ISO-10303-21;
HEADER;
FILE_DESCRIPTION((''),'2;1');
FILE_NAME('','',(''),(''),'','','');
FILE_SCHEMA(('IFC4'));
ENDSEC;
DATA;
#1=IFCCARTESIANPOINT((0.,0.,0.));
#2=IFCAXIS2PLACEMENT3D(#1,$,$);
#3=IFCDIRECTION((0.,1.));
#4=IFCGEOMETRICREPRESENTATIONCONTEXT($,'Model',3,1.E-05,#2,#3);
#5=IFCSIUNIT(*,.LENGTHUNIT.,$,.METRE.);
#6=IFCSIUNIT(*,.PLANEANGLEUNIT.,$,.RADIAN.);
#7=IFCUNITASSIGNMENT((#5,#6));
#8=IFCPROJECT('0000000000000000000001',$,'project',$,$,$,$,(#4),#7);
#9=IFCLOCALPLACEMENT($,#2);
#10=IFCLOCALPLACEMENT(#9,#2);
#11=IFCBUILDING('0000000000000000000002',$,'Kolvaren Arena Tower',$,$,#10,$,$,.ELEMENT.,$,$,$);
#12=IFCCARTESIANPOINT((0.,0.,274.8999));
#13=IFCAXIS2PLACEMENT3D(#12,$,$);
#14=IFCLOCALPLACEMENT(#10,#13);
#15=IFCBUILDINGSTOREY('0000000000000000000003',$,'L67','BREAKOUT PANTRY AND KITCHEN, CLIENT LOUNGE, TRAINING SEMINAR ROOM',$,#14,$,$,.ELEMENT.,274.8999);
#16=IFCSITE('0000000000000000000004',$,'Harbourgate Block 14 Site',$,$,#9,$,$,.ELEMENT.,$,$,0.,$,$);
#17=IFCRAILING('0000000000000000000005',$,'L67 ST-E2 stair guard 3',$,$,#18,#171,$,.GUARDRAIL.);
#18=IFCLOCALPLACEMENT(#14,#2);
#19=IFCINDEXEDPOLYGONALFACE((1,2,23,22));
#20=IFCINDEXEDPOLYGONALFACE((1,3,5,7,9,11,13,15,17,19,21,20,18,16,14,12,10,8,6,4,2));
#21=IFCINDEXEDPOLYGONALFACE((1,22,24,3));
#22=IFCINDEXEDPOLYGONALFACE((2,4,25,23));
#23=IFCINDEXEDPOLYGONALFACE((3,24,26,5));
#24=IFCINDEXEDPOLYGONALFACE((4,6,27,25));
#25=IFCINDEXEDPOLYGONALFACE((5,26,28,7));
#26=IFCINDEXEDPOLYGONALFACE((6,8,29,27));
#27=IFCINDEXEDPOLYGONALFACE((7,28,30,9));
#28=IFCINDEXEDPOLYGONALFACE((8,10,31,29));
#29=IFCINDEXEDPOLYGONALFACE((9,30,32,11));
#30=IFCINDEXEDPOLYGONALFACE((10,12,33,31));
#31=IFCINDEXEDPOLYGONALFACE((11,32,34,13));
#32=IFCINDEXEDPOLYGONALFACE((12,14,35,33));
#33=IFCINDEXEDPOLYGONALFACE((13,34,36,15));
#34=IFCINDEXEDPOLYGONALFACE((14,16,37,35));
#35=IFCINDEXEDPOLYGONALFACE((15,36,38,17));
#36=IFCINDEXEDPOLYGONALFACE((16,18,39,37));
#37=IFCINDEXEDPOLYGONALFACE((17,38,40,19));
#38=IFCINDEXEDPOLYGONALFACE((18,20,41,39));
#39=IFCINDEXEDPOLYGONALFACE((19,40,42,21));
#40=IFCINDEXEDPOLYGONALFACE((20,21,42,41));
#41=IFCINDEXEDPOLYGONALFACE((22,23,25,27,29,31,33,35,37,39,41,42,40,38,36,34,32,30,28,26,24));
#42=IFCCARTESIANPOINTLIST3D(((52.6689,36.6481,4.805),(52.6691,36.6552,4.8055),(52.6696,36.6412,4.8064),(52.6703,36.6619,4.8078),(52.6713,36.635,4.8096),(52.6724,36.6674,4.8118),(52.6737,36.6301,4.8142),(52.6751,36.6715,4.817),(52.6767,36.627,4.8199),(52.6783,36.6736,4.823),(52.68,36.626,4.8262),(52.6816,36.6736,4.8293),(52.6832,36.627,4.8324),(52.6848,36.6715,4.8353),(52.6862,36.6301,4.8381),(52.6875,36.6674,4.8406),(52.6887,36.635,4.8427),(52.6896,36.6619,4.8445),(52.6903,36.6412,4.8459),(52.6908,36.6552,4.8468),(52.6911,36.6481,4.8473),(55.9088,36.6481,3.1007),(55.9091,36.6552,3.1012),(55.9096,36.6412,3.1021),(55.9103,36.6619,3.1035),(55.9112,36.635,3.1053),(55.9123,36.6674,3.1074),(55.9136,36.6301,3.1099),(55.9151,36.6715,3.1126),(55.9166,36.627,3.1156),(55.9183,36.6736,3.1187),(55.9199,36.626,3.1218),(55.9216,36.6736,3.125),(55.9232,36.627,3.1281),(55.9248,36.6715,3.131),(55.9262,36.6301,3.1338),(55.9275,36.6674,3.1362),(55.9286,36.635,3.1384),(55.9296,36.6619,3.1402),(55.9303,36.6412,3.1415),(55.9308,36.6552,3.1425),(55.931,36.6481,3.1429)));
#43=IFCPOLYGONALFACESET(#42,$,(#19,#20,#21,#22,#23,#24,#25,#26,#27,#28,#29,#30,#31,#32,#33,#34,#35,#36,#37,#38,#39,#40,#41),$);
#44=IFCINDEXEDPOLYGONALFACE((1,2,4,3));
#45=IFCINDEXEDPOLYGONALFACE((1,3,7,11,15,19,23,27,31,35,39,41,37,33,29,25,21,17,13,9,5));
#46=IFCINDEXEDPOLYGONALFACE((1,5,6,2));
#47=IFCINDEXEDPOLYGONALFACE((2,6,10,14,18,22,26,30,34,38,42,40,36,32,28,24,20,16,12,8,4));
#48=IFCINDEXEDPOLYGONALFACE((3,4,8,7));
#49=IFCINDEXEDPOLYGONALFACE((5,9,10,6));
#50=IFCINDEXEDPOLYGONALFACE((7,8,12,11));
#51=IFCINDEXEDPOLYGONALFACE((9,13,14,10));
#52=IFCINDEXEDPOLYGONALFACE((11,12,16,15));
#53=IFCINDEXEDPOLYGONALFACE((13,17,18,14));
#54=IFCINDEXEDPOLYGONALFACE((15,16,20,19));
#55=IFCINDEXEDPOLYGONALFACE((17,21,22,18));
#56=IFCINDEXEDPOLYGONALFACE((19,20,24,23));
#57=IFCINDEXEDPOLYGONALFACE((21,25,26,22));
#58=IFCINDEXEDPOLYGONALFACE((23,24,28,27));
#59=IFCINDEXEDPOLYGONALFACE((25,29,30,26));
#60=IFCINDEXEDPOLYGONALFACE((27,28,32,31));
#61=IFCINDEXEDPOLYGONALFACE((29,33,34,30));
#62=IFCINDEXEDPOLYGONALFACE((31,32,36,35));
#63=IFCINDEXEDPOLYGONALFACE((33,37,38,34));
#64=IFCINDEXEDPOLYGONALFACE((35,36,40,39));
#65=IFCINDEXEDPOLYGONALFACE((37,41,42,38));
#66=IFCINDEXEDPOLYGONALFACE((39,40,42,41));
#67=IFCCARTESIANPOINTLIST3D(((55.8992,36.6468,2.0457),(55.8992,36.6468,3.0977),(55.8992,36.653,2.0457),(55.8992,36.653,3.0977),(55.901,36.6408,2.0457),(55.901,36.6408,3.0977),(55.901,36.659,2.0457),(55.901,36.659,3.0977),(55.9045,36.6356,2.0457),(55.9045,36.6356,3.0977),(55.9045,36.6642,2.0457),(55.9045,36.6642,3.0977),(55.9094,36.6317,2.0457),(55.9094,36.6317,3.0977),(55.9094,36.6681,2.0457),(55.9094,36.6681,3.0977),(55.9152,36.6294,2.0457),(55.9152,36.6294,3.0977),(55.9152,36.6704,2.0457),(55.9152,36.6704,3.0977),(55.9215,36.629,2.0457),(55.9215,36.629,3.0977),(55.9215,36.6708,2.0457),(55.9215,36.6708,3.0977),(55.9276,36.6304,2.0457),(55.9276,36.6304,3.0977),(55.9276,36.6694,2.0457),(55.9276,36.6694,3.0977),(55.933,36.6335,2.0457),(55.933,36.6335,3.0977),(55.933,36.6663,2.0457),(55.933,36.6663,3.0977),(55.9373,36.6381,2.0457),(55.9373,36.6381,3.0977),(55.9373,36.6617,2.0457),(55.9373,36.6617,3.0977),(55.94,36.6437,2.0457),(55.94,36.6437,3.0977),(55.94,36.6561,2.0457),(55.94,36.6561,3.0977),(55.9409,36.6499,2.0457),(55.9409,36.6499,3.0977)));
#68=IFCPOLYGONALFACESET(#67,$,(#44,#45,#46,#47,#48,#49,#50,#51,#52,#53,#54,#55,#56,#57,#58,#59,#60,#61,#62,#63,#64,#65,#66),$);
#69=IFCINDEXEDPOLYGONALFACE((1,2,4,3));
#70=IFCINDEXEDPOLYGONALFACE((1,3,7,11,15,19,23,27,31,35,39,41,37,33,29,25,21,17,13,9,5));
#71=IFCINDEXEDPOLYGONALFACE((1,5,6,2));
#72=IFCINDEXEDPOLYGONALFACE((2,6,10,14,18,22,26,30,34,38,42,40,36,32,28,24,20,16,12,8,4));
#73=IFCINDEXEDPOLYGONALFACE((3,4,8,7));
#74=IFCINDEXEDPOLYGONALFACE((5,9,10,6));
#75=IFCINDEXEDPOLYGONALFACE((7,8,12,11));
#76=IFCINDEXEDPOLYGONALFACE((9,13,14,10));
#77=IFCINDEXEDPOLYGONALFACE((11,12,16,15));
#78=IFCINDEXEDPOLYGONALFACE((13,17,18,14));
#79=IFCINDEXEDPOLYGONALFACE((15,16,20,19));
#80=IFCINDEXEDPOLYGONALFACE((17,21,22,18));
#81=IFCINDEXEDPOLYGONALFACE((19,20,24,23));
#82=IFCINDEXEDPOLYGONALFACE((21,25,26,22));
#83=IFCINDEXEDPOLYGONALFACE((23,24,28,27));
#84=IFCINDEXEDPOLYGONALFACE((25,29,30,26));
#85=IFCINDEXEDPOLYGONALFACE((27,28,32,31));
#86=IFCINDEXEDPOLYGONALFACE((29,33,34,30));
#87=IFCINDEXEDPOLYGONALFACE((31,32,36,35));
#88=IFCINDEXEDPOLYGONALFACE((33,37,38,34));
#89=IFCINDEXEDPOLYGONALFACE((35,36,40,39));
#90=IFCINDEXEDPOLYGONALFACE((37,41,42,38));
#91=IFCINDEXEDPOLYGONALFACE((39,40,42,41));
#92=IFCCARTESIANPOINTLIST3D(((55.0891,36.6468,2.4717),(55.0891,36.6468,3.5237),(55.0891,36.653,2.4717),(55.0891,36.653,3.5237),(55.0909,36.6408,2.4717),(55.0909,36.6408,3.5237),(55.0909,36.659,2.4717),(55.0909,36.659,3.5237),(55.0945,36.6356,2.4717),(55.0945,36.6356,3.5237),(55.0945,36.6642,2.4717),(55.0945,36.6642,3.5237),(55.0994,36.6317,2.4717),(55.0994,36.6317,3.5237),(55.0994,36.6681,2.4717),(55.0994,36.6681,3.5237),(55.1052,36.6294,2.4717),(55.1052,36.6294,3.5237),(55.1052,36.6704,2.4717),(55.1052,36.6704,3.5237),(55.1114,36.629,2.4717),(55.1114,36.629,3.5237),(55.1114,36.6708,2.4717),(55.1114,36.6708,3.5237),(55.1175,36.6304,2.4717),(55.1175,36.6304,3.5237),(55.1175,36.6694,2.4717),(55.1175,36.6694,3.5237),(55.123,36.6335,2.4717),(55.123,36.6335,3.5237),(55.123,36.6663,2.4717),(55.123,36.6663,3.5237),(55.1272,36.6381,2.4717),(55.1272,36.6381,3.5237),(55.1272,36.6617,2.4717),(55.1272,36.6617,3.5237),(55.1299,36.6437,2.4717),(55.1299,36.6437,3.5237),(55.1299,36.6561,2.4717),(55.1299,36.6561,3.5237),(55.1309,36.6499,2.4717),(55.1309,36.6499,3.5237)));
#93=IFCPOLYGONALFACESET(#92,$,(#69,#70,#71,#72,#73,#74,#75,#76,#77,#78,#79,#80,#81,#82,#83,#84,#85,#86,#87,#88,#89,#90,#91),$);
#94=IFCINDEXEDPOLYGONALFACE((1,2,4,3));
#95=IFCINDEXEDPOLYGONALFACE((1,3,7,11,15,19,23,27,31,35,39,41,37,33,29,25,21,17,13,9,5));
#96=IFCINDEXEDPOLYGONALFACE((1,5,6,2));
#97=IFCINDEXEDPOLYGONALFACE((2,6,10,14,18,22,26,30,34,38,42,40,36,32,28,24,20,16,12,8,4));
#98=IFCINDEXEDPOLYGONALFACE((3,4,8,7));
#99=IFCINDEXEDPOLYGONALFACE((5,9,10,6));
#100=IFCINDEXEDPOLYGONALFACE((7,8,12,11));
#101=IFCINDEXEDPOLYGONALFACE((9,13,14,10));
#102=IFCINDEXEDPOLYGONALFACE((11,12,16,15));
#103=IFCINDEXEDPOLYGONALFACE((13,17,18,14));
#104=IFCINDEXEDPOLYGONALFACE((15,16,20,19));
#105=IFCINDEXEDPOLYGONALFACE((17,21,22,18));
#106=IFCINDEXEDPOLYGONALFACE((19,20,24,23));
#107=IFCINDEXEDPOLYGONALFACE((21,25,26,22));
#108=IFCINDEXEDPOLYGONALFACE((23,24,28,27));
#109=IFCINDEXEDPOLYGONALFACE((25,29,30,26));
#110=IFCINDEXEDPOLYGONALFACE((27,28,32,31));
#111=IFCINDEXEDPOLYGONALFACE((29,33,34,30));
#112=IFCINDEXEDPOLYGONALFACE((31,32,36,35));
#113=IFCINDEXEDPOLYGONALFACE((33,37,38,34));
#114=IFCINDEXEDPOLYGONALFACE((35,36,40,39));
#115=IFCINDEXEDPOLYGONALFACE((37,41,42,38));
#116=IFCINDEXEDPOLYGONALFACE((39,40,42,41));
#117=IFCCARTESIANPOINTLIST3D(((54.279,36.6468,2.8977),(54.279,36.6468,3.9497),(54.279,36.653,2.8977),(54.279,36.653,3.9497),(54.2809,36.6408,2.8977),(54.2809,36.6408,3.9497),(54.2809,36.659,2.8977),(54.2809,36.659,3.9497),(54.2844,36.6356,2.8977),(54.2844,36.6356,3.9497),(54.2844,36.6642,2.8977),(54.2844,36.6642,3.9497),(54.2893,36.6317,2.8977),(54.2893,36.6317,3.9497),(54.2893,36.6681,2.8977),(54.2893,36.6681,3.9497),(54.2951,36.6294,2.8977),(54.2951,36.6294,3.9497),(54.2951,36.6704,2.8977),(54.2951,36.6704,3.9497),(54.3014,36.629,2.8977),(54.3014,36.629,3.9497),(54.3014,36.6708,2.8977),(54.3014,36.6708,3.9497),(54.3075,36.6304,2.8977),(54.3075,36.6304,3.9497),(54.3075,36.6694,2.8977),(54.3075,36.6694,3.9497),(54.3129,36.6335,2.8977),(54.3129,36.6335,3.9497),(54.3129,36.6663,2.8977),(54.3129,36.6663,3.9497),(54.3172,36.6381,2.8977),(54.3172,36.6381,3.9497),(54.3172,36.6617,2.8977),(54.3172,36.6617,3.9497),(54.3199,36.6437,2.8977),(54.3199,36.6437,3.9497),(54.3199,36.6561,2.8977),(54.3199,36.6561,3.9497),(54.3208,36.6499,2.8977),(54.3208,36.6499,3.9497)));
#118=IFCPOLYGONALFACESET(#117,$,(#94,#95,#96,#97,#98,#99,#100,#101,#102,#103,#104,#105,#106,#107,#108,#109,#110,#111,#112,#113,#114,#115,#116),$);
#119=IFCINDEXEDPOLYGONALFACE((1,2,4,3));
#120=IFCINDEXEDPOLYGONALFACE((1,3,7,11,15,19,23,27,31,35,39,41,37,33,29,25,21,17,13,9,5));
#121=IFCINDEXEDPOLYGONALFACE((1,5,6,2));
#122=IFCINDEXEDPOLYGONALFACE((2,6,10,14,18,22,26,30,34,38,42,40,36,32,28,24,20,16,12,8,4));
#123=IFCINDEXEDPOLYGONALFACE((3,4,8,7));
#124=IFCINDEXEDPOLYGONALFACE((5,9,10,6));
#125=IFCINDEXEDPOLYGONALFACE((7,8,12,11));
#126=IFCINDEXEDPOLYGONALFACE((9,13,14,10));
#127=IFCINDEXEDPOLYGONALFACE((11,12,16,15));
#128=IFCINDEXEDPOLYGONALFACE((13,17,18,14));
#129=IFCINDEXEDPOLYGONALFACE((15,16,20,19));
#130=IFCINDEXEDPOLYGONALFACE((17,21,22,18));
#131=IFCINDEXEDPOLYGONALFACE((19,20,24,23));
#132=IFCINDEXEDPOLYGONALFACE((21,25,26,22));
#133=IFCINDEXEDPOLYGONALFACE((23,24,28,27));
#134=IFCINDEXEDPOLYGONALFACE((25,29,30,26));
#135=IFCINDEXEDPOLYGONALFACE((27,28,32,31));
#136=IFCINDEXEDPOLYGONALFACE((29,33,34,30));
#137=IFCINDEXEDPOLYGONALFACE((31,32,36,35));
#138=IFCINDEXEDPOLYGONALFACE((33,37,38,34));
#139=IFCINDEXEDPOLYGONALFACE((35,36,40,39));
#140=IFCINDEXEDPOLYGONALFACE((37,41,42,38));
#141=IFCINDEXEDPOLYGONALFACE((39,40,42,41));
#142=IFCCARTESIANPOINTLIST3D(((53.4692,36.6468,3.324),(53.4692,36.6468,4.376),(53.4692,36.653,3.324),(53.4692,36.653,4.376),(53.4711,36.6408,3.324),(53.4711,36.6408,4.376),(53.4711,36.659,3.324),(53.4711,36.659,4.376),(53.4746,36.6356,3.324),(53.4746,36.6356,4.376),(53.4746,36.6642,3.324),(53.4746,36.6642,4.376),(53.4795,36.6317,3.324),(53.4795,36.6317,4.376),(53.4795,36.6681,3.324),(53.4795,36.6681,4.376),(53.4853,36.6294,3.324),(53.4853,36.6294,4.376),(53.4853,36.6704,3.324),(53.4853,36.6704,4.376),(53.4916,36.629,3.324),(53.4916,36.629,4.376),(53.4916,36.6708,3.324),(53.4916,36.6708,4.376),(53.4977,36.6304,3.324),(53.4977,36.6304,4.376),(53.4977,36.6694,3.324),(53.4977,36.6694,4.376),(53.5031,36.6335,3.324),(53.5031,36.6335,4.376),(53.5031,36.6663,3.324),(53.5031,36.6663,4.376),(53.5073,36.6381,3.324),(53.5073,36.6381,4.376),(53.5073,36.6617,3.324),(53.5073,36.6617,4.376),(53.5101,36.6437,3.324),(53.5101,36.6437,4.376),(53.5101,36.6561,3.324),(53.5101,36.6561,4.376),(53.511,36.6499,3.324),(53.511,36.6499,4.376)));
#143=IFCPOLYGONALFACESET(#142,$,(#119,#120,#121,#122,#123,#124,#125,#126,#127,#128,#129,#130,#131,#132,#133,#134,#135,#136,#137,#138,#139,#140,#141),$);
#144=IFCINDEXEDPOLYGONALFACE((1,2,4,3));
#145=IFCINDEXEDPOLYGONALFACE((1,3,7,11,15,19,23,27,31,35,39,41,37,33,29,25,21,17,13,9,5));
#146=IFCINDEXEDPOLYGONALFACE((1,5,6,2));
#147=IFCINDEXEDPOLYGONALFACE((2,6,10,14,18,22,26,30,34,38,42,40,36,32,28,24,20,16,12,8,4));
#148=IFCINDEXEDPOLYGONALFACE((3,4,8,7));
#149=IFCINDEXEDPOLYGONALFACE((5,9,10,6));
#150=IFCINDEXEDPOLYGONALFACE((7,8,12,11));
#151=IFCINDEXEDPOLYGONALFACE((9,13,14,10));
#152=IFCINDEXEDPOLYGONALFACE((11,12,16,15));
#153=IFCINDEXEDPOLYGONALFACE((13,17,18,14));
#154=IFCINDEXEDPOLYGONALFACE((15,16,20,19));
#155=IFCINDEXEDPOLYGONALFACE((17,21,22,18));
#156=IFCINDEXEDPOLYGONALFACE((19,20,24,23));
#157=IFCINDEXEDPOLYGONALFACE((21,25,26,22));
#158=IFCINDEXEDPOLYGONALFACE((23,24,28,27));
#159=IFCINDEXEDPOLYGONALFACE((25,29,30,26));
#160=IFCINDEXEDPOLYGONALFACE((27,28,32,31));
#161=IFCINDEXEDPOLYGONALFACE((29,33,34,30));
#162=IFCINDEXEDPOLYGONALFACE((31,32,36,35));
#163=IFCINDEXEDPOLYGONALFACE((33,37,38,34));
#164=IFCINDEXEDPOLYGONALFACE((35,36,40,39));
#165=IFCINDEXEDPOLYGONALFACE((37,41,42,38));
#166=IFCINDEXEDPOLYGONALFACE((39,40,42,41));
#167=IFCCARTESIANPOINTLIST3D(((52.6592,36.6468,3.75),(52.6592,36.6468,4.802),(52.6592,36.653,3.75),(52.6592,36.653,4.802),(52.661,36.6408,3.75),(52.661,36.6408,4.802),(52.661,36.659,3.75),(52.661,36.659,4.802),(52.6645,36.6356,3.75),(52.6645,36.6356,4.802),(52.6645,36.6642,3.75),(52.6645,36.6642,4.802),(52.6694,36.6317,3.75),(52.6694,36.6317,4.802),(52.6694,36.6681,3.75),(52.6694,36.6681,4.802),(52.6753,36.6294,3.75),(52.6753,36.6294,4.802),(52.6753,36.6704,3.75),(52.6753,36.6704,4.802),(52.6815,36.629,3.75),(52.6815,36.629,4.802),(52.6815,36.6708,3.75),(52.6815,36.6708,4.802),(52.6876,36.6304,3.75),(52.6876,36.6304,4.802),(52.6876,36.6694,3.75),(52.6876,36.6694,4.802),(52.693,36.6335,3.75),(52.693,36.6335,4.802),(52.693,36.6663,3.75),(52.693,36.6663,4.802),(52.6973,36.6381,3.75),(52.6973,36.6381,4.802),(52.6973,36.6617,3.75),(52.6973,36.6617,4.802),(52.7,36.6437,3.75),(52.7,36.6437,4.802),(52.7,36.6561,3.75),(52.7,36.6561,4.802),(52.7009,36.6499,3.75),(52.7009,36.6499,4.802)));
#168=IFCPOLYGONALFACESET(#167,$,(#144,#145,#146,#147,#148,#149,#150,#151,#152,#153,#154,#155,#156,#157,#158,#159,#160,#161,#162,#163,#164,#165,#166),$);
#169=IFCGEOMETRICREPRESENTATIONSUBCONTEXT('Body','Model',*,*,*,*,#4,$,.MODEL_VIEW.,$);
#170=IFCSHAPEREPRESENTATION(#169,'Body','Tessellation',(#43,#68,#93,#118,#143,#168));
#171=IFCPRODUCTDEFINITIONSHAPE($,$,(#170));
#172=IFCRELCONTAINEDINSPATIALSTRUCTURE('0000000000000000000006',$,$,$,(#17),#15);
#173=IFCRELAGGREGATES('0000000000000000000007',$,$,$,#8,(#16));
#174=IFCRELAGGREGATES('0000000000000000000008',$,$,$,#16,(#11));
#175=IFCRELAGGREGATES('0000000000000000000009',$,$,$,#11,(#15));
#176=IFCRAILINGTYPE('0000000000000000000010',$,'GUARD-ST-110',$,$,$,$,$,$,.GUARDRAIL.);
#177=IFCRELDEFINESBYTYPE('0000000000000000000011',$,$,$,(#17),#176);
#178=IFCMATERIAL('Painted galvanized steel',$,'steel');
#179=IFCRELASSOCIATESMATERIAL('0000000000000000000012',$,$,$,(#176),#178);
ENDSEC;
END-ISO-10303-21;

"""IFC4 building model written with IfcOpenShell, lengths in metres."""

from ifc_helpers import new_model, si_unit, direction, frame, origin, origin_2d, place, context, subcontext, project, spatial, circle, extrude, material, type_object, element, save


model = new_model("IFC4")

# Units and contexts
model_context = context("Model", 3, precision=1e-05, world=origin(), true_north=direction((0.0, 1.0)))
body_context = subcontext(model_context, "Body", "Model", "MODEL_VIEW")
ifc_project = project(units=[si_unit("LENGTHUNIT", "METRE"), si_unit("PLANEANGLEUNIT", "RADIAN")], contexts=[model_context])

# Site, building, storey
site_placement = place(None, origin())
site = spatial("IfcSite", under=ifc_project, at=site_placement, Name="Harbourgate Block 14 Site", CompositionType="ELEMENT", RefElevation=0.0)
building_placement = place(site_placement, origin())
building = spatial("IfcBuilding", under=site, at=building_placement, Name="Kolvaren Arena Tower", CompositionType="ELEMENT")
storey_placement = place(building_placement, frame((0.0, 0.0, 274.8999)))
storey = spatial("IfcBuildingStorey", under=building, at=storey_placement, Name="L67", Description="BREAKOUT PANTRY AND KITCHEN, CLIENT LOUNGE, TRAINING SEMINAR ROOM", CompositionType="ELEMENT", Elevation=274.8999)

# Railing
ifc_material_1 = material(Name="Painted galvanized steel", Category="steel")
railing_type_1 = type_object("IfcRailingType", Name="GUARD-ST-110", PredefinedType="GUARDRAIL", material=ifc_material_1)
railing_1_placement = place(storey_placement, frame((55.9199, 36.6499, 2.0457)))
element("IfcRailing", 1, at=railing_1_placement, inside=storey, type_object=railing_type_1, Name="L67 ST-E2 stair guard 3", PredefinedType="GUARDRAIL", context=body_context, shape_type="SweptSolid", body=[
    extrude(circle(Radius=0.0239, at=origin_2d()), frame((0.0, 0.0, 1.0762), z_axis=(-0.885021, 0.0, 0.465551), x_axis=(0.0, -1.0, 0.0)), (0.0, 0.0, 1.0), 3.6609),
    extrude(circle(Radius=0.021, at=origin_2d()), origin(), (0.0, 0.0, 1.0), 1.052),
    extrude(circle(Radius=0.021, at=origin_2d()), frame((-0.8101, 0.0, 0.426)), (0.0, 0.0, 1.0), 1.052),
    extrude(circle(Radius=0.021, at=origin_2d()), frame((-1.6201, 0.0, 0.8521)), (0.0, 0.0, 1.0), 1.052),
    extrude(circle(Radius=0.021, at=origin_2d()), frame((-2.4299, 0.0, 1.2783)), (0.0, 0.0, 1.0), 1.052),
    extrude(circle(Radius=0.021, at=origin_2d()), frame((-3.24, 0.0, 1.7043)), (0.0, 0.0, 1.0), 1.052),
])

save(model, "model.ifc")
